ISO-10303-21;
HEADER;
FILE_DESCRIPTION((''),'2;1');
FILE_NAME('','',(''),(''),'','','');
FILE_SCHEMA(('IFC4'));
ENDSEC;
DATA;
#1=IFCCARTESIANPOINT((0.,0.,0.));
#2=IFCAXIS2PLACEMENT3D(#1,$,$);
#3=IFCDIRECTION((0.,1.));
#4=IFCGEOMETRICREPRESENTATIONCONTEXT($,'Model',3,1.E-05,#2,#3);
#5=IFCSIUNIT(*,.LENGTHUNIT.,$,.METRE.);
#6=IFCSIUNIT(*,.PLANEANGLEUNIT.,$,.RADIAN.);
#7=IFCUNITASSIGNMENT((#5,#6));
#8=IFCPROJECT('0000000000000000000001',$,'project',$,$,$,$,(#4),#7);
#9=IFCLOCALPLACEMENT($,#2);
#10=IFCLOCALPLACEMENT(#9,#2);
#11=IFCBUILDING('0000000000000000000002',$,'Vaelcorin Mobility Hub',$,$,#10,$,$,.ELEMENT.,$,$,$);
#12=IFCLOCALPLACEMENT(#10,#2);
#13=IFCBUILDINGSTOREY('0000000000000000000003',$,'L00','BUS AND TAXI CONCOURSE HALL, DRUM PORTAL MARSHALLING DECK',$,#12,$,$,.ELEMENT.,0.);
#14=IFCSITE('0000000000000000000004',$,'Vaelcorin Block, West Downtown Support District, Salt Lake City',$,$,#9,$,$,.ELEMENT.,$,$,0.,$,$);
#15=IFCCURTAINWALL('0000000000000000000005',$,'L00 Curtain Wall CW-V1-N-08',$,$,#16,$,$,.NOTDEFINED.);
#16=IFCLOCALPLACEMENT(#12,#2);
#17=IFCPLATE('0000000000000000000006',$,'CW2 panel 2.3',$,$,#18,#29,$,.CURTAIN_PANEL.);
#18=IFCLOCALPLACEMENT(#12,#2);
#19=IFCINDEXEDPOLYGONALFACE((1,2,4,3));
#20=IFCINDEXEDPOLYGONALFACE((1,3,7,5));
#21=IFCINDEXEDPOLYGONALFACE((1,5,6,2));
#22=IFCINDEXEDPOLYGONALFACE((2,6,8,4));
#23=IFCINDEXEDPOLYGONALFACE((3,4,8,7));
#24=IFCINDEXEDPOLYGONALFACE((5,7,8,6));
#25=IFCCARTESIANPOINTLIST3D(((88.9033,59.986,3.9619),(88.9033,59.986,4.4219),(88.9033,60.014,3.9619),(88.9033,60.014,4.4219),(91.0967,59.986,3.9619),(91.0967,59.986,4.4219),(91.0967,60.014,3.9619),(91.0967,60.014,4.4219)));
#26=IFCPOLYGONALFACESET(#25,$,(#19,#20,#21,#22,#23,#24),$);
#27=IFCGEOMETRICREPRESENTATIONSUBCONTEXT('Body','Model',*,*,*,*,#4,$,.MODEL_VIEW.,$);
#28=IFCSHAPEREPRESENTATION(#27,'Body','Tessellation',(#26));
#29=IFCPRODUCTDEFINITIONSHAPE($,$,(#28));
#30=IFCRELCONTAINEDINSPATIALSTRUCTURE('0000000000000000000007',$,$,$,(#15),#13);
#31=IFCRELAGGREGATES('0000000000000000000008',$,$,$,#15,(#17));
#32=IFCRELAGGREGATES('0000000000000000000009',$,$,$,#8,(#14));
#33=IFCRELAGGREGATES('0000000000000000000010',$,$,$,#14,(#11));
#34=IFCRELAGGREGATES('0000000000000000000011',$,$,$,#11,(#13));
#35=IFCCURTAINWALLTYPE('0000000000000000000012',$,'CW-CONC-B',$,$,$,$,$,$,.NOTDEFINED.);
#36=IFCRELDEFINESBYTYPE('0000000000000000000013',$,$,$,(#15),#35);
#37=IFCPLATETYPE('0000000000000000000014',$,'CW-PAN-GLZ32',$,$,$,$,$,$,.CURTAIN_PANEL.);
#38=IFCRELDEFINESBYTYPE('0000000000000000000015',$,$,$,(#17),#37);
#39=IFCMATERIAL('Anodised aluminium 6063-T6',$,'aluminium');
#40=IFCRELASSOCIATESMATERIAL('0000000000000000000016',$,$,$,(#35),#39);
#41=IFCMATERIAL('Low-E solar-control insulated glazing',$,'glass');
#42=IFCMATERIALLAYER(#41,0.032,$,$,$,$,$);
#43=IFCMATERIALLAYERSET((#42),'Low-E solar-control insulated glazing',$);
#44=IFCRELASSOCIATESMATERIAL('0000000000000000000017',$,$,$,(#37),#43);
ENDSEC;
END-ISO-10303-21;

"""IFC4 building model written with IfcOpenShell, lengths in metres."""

from ifc_helpers import new_model, si_unit, direction, frame, origin, origin_2d, place, context, subcontext, project, spatial, rectangle, extrude, material, layer, layer_set, type_object, element, aggregate, save


model = new_model("IFC4")

# Units and contexts
model_context = context("Model", 3, precision=1e-05, world=origin(), true_north=direction((0.0, 1.0)))
body_context = subcontext(model_context, "Body", "Model", "MODEL_VIEW")
ifc_project = project(units=[si_unit("LENGTHUNIT", "METRE"), si_unit("PLANEANGLEUNIT", "RADIAN")], contexts=[model_context])

# Site, building, storey
site_placement = place(None, origin())
site = spatial("IfcSite", under=ifc_project, at=site_placement, Name="Vaelcorin Block, West Downtown Support District, Salt Lake City", CompositionType="ELEMENT", RefElevation=0.0)
building_placement = place(site_placement, origin())
building = spatial("IfcBuilding", under=site, at=building_placement, Name="Vaelcorin Mobility Hub", CompositionType="ELEMENT")
storey_placement = place(building_placement, origin())
storey = spatial("IfcBuildingStorey", under=building, at=storey_placement, Name="L00", Description="BUS AND TAXI CONCOURSE HALL, DRUM PORTAL MARSHALLING DECK", CompositionType="ELEMENT", Elevation=0.0)

# Shared definitions
ifc_material_1 = material(Name="Anodised aluminium 6063-T6", Category="aluminium")
curtain_wall_type = type_object("IfcCurtainWallType", Name="CW-CONC-B", PredefinedType="NOTDEFINED", material=ifc_material_1)

# Curtain wall
curtain_wall_1_placement = place(storey_placement, origin())
curtain_wall_1 = element("IfcCurtainWall", 1, at=curtain_wall_1_placement, inside=storey, type_object=curtain_wall_type, Name="L00 Curtain Wall CW-V1-N-08", PredefinedType="NOTDEFINED")

# Plate
ifc_material_2 = material(Name="Low-E solar-control insulated glazing", Category="glass")
ifc_layer = layer(ifc_material_2, 0.032)
ifc_layer_set = layer_set([ifc_layer], Name="Low-E solar-control insulated glazing")
plate_type = type_object("IfcPlateType", Name="CW-PAN-GLZ32", PredefinedType="CURTAIN_PANEL", material=ifc_layer_set)
plate_1_placement = place(storey_placement, frame((90.0, 60.0, 3.9619), z_axis=(0.0, 0.0, 1.0), x_axis=(1.0, 0.0, 0.0)))
plate_1 = element("IfcPlate", 2, at=plate_1_placement, type_object=plate_type, Name="CW2 panel 2.3", PredefinedType="CURTAIN_PANEL", context=body_context, shape_type="SweptSolid", body=[
    extrude(rectangle(XDim=2.1934, YDim=0.0281, at=origin_2d()), origin(), (0.0, 0.0, 1.0), 0.46),
])
aggregate(curtain_wall_1, [plate_1])

save(model, "model.ifc")
